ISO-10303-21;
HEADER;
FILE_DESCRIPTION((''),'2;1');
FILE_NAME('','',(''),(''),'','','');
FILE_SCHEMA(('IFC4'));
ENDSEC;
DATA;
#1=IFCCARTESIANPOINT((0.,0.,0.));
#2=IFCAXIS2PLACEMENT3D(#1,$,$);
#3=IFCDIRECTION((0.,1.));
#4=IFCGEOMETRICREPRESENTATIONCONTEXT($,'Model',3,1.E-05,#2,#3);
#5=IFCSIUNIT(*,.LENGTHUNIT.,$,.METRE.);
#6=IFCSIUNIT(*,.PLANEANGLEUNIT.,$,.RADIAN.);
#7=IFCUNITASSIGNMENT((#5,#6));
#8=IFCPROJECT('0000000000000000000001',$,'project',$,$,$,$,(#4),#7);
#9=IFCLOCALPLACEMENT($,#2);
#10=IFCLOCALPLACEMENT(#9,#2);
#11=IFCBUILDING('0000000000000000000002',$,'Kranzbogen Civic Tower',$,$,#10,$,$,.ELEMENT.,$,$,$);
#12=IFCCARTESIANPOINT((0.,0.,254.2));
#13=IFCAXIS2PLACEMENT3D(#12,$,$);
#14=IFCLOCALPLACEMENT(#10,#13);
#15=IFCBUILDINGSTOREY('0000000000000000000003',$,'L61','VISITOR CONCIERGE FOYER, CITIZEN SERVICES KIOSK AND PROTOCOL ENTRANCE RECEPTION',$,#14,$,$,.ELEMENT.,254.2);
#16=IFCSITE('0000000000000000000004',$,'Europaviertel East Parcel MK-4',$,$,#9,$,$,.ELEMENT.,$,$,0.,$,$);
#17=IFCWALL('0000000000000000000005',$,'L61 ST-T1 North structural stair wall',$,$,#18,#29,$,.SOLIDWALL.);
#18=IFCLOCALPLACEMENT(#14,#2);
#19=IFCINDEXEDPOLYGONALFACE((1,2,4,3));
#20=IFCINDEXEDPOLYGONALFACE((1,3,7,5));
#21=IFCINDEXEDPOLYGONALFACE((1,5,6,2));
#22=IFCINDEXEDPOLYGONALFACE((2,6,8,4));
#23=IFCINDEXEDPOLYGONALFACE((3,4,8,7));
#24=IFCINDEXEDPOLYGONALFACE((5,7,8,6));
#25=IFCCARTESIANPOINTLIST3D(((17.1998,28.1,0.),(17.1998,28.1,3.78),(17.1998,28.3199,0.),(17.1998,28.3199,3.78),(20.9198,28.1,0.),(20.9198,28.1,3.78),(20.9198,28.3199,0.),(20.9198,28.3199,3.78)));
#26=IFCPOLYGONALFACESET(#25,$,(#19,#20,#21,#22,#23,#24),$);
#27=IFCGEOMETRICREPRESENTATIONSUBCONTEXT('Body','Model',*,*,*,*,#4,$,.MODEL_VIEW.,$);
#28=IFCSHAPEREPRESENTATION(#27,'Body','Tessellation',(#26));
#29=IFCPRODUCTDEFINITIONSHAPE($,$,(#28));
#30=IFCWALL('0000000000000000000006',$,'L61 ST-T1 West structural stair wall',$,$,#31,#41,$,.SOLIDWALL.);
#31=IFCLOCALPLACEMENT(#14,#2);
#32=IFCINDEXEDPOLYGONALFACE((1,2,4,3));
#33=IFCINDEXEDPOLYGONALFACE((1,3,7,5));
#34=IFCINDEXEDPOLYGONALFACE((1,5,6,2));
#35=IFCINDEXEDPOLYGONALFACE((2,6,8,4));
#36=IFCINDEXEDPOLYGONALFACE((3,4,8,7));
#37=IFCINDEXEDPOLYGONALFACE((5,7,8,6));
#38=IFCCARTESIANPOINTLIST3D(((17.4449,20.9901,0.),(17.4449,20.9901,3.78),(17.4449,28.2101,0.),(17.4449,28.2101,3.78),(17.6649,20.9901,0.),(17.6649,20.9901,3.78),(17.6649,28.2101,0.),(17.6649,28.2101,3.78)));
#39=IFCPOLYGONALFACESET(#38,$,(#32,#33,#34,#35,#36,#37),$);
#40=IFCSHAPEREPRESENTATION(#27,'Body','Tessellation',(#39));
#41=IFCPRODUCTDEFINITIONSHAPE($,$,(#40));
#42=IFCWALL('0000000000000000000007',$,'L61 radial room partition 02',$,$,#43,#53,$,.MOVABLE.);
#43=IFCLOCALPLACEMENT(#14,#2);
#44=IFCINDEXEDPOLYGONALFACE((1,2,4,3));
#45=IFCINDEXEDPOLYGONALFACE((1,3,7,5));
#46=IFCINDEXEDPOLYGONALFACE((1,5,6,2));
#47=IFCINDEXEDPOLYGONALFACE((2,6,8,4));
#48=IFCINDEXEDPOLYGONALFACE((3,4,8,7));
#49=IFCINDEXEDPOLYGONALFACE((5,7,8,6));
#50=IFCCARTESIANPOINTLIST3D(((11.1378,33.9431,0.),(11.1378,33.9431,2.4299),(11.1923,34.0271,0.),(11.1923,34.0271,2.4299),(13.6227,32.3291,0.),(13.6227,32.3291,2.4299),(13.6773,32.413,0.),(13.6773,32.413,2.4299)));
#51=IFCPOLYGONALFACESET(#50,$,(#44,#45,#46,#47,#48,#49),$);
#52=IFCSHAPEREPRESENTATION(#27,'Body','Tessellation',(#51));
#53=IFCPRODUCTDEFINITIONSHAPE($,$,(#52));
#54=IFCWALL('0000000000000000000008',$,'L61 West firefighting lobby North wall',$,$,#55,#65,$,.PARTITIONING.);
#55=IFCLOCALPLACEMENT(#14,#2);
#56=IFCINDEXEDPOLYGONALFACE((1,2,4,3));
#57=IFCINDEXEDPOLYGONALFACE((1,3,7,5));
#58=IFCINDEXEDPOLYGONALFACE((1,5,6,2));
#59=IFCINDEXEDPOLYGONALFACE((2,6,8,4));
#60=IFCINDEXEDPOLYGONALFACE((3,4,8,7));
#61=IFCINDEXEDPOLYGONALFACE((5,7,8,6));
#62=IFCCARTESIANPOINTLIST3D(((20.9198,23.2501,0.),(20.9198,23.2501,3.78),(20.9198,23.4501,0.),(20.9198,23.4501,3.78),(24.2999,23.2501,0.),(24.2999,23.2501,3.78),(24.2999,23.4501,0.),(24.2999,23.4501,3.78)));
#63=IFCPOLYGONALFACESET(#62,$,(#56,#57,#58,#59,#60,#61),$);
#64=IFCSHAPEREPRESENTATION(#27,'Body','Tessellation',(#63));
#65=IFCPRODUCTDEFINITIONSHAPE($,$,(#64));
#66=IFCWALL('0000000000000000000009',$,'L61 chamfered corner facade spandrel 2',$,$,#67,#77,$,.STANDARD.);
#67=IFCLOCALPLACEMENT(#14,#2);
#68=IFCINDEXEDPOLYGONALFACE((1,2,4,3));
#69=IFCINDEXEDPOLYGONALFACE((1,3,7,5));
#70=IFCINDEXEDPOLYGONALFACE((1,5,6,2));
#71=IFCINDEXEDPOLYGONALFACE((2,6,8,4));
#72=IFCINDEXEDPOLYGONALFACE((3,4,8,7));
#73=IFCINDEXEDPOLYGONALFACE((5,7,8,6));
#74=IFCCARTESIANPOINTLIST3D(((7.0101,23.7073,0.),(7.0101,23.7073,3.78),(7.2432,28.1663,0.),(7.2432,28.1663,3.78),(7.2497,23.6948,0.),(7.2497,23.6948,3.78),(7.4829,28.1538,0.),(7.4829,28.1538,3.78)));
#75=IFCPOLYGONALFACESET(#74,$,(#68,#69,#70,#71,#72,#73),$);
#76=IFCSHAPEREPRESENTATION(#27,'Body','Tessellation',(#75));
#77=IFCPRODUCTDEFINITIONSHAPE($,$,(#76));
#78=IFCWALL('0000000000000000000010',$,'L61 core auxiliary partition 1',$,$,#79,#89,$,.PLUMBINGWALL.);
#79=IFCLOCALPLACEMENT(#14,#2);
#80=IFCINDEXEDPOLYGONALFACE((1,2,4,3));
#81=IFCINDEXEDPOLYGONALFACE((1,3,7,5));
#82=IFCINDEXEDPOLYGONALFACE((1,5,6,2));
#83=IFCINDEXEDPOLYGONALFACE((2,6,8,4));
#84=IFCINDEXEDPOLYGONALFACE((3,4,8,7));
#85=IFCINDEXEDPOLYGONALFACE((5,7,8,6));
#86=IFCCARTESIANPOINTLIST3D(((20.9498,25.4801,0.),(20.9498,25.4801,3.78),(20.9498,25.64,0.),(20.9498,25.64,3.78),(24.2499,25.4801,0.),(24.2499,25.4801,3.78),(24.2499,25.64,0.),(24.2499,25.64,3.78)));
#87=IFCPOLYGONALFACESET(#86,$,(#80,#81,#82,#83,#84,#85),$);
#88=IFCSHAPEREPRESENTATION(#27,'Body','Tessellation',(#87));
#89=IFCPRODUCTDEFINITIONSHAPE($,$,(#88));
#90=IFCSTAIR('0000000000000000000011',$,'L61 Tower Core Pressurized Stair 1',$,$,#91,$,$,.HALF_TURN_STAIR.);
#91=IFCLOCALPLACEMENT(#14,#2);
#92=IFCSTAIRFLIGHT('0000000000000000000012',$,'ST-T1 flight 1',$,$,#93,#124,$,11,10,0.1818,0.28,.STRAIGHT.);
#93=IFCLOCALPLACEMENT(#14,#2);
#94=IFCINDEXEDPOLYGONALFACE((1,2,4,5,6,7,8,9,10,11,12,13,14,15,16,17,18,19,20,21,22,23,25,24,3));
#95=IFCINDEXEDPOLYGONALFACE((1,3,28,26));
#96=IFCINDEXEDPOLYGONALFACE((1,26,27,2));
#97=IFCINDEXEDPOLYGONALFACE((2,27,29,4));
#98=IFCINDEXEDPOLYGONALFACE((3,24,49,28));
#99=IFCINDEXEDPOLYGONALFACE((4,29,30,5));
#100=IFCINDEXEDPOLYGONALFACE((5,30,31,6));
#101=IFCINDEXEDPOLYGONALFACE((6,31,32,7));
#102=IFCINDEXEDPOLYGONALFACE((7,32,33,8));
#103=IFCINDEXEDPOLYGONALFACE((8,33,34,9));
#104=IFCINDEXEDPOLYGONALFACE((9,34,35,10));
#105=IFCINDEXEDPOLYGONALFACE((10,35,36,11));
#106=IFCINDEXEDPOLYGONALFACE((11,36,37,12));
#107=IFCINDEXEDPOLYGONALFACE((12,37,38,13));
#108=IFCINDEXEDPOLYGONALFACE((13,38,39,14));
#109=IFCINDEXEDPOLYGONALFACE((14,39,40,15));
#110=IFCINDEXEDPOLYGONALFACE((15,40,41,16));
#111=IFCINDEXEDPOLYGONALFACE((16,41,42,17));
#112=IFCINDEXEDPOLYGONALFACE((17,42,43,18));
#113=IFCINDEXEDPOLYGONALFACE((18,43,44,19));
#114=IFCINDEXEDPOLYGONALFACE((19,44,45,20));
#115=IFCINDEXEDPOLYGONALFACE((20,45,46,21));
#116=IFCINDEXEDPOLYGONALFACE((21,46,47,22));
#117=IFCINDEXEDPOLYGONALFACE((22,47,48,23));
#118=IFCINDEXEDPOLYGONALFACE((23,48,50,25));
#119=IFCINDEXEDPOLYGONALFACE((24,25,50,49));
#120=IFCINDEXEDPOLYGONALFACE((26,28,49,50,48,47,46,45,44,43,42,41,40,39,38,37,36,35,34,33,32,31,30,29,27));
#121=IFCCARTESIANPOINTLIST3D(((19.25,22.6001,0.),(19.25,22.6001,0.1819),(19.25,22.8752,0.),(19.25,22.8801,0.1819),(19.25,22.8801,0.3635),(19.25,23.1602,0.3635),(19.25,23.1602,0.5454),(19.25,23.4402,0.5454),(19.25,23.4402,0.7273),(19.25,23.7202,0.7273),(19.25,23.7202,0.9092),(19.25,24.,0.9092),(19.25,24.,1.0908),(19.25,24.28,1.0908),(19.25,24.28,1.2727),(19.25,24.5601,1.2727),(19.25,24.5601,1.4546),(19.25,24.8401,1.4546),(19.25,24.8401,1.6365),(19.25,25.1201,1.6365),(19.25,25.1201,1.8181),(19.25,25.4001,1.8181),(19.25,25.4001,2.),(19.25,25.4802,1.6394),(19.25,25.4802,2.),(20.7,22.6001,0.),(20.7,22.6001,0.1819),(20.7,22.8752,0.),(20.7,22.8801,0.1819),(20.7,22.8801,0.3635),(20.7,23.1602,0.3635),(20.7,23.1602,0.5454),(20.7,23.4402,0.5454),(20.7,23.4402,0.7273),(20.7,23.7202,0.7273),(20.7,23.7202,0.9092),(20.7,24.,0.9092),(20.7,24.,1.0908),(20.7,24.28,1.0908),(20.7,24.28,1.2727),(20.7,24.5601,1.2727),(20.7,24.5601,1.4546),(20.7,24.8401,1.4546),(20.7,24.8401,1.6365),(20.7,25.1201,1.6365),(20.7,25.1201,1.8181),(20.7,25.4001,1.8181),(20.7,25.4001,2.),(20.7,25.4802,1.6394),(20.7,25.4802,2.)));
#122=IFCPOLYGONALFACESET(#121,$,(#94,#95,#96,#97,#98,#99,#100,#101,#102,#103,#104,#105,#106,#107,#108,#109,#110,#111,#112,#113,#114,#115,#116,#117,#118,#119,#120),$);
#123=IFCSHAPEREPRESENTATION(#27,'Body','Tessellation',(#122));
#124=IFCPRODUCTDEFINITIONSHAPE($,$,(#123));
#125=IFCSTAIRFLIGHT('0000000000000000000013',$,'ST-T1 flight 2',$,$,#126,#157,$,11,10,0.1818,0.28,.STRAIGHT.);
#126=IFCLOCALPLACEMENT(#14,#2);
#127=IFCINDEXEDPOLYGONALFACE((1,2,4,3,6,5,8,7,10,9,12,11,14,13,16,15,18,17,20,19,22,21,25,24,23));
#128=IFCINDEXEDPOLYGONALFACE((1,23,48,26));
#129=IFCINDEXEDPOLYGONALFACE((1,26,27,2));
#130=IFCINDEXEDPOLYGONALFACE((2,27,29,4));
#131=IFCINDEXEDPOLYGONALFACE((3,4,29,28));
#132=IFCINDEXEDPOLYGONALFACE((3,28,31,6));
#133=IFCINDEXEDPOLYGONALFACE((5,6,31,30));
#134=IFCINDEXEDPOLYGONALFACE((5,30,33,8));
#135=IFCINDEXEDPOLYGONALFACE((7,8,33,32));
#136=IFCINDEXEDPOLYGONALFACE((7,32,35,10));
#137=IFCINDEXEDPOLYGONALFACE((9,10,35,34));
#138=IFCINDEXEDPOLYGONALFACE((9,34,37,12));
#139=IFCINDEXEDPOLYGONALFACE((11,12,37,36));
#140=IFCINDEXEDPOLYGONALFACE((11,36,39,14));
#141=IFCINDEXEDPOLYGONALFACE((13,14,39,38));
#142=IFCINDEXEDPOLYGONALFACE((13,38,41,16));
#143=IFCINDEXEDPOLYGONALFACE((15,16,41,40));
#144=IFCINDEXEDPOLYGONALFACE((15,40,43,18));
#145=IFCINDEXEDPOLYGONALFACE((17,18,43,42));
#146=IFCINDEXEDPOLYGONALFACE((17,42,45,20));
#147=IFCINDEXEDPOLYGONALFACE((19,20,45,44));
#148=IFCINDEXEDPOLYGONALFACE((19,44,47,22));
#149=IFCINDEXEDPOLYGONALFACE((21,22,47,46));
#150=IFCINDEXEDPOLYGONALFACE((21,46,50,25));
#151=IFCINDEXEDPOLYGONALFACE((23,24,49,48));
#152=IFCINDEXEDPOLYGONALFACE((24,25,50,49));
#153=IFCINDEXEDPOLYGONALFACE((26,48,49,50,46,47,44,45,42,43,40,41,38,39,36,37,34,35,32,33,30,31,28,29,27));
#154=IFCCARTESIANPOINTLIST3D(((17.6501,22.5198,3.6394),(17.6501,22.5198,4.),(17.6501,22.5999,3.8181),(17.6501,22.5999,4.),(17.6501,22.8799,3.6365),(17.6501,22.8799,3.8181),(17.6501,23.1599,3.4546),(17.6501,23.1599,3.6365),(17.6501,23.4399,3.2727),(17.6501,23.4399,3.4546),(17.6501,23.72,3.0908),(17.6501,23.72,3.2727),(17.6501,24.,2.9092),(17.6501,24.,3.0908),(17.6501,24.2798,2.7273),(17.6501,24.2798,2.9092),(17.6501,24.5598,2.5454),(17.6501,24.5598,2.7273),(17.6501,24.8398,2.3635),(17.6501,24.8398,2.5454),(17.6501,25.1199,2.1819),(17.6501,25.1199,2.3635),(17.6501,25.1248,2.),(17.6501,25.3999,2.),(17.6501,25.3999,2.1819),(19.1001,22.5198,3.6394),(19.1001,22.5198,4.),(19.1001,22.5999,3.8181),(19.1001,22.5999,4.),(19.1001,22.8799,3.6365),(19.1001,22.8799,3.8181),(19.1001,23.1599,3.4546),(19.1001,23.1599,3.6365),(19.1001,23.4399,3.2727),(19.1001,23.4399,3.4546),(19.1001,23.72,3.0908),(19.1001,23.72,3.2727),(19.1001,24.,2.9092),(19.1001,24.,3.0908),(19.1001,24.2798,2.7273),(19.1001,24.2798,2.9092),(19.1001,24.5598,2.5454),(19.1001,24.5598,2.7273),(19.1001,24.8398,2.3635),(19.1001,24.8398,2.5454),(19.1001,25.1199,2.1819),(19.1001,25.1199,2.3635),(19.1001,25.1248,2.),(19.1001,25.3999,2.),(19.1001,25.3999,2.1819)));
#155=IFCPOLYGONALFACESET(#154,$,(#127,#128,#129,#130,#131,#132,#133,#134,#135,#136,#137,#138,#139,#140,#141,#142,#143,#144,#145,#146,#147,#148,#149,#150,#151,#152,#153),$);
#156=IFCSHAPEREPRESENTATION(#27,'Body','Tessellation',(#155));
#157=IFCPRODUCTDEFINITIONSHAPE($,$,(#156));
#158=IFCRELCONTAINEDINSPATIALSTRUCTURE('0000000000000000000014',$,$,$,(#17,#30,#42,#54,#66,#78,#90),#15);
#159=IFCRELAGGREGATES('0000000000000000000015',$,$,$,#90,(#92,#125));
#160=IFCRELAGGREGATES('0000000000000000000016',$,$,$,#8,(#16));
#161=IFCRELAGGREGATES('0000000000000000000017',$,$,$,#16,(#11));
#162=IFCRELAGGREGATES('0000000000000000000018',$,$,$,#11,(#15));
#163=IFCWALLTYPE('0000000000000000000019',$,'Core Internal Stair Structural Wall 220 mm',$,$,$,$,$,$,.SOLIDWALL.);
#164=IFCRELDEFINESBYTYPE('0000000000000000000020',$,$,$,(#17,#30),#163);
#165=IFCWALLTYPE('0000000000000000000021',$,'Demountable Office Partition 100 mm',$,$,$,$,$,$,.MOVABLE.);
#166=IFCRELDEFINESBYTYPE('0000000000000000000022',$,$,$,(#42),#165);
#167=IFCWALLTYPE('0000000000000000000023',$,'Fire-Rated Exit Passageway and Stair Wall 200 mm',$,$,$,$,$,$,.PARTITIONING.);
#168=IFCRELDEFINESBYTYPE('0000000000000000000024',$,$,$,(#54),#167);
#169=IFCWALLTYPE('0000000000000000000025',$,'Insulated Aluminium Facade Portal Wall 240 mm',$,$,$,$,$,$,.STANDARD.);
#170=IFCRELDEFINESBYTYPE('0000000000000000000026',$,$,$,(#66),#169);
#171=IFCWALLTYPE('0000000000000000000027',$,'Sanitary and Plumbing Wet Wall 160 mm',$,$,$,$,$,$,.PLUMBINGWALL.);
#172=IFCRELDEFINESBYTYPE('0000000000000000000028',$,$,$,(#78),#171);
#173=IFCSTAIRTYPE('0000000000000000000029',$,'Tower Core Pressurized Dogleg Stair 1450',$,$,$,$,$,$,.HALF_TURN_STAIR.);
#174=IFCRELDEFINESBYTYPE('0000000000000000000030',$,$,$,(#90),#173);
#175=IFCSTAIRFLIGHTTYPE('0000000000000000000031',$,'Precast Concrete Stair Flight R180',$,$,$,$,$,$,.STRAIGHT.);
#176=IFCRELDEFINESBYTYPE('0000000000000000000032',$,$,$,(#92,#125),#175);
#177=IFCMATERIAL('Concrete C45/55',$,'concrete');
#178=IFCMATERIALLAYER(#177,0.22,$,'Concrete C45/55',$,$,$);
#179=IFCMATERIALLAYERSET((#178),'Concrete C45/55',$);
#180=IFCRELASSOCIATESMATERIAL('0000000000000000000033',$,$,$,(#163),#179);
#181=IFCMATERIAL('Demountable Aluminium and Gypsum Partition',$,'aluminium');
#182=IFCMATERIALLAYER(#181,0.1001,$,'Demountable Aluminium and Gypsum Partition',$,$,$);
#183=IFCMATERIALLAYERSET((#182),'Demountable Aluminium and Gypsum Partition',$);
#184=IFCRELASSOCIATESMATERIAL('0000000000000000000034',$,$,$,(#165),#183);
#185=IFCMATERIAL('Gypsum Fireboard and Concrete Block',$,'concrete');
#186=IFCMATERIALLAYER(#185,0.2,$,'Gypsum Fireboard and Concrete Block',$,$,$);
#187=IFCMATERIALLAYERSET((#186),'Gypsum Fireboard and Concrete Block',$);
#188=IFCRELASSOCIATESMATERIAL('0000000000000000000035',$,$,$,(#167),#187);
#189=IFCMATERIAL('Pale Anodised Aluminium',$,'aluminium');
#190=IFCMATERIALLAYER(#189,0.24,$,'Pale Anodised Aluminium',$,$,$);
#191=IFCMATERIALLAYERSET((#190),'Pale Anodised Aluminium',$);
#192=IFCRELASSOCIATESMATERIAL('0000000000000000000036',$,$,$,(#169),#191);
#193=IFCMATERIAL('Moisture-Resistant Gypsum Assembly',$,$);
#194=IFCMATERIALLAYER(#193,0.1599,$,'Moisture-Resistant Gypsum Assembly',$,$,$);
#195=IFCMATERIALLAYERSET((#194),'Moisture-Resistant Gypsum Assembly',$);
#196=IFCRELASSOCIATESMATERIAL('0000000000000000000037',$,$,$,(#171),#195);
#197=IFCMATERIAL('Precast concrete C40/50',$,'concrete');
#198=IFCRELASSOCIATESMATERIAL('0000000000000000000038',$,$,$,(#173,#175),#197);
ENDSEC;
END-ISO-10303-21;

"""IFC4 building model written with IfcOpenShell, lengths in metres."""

from ifc_helpers import new_model, si_unit, direction, frame, frame_2d, origin, place, context, subcontext, project, spatial, polyline, rectangle, outline, extrude, material, layer, layer_set, type_object, element, aggregate, save


model = new_model("IFC4")

# Units and contexts
model_context = context("Model", 3, precision=1e-05, world=origin(), true_north=direction((0.0, 1.0)))
body_context = subcontext(model_context, "Body", "Model", "MODEL_VIEW")
ifc_project = project(units=[si_unit("LENGTHUNIT", "METRE"), si_unit("PLANEANGLEUNIT", "RADIAN")], contexts=[model_context])

# Site, building, storey
site_placement = place(None, origin())
site = spatial("IfcSite", under=ifc_project, at=site_placement, Name="Europaviertel East Parcel MK-4", CompositionType="ELEMENT", RefElevation=0.0)
building_placement = place(site_placement, origin())
building = spatial("IfcBuilding", under=site, at=building_placement, Name="Kranzbogen Civic Tower", CompositionType="ELEMENT")
storey_placement = place(building_placement, frame((0.0, 0.0, 254.2)))
storey = spatial("IfcBuildingStorey", under=building, at=storey_placement, Name="L61", Description="VISITOR CONCIERGE FOYER, CITIZEN SERVICES KIOSK AND PROTOCOL ENTRANCE RECEPTION", CompositionType="ELEMENT", Elevation=254.2)

# Shared definitions
ifc_material_1 = material(Name="Pale Anodised Aluminium", Category="aluminium")

# Shared definitions
ifc_material_2 = material(Name="Concrete C45/55", Category="concrete")

# Walls
ifc_layer_1 = layer(ifc_material_2, 0.22, Name="Concrete C45/55")
ifc_layer_set_1 = layer_set([ifc_layer_1], Name="Concrete C45/55")
wall_type_1 = type_object("IfcWallType", Name="Core Internal Stair Structural Wall 220 mm", PredefinedType="SOLIDWALL", material=ifc_layer_set_1)
wall_1_placement = place(storey_placement, frame((17.2, 28.21, 0.0), z_axis=(0.0, 0.0, 1.0), x_axis=(1.0, 0.0, 0.0)))
element("IfcWall", 1, at=wall_1_placement, inside=storey, type_object=wall_type_1, Name="L61 ST-T1 North structural stair wall", PredefinedType="SOLIDWALL", context=body_context, shape_type="SweptSolid", body=[
    extrude(rectangle(XDim=3.72, YDim=0.22, at=frame_2d((1.8599, 0.0))), origin(), (0.0, 0.0, 1.0), 3.78),
])
wall_2_placement = place(storey_placement, frame((17.5549, 28.21, 0.0), z_axis=(0.0, 0.0, 1.0), x_axis=(0.0, -1.0, 0.0)))
element("IfcWall", 2, at=wall_2_placement, inside=storey, type_object=wall_type_1, Name="L61 ST-T1 West structural stair wall", PredefinedType="SOLIDWALL", context=body_context, shape_type="SweptSolid", body=[
    extrude(rectangle(XDim=7.22, YDim=0.22, at=frame_2d((3.6099, 0.0))), origin(), (0.0, 0.0, 1.0), 3.78),
])
ifc_material_3 = material(Name="Demountable Aluminium and Gypsum Partition", Category="aluminium")
ifc_layer_2 = layer(ifc_material_3, 0.1001, Name="Demountable Aluminium and Gypsum Partition")
ifc_layer_set_2 = layer_set([ifc_layer_2], Name="Demountable Aluminium and Gypsum Partition")
wall_type_2 = type_object("IfcWallType", Name="Demountable Office Partition 100 mm", PredefinedType="MOVABLE", material=ifc_layer_set_2)
wall_3_placement = place(storey_placement, frame((13.6499, 32.3711, 0.0), z_axis=(0.0, 0.0, 1.0), x_axis=(-0.838621, 0.544716, 0.0)))
element("IfcWall", 3, at=wall_3_placement, inside=storey, type_object=wall_type_2, Name="L61 radial room partition 02", PredefinedType="MOVABLE", context=body_context, shape_type="SweptSolid", body=[
    extrude(rectangle(XDim=2.9631, YDim=0.1001, at=frame_2d((1.4814, 0.0))), origin(), (0.0, 0.0, 1.0), 2.4299),
])
ifc_material_4 = material(Name="Gypsum Fireboard and Concrete Block", Category="concrete")
ifc_layer_3 = layer(ifc_material_4, 0.2, Name="Gypsum Fireboard and Concrete Block")
ifc_layer_set_3 = layer_set([ifc_layer_3], Name="Gypsum Fireboard and Concrete Block")
wall_type_3 = type_object("IfcWallType", Name="Fire-Rated Exit Passageway and Stair Wall 200 mm", PredefinedType="PARTITIONING", material=ifc_layer_set_3)
wall_4_placement = place(storey_placement, frame((20.9199, 23.3501, 0.0), z_axis=(0.0, 0.0, 1.0), x_axis=(1.0, 0.0, 0.0)))
element("IfcWall", 4, at=wall_4_placement, inside=storey, type_object=wall_type_3, Name="L61 West firefighting lobby North wall", PredefinedType="PARTITIONING", context=body_context, shape_type="SweptSolid", body=[
    extrude(rectangle(XDim=3.3801, YDim=0.2, at=frame_2d((1.6899, 0.0))), origin(), (0.0, 0.0, 1.0), 3.78),
])
ifc_layer_4 = layer(ifc_material_1, 0.24, Name="Pale Anodised Aluminium")
ifc_layer_set_4 = layer_set([ifc_layer_4], Name="Pale Anodised Aluminium")
wall_type_4 = type_object("IfcWallType", Name="Insulated Aluminium Facade Portal Wall 240 mm", PredefinedType="STANDARD", material=ifc_layer_set_4)
wall_5_placement = place(storey_placement, frame((7.363, 28.1599, 0.0), z_axis=(0.0, 0.0, 1.0), x_axis=(-0.052217, -0.998636, 0.0)))
element("IfcWall", 5, at=wall_5_placement, inside=storey, type_object=wall_type_4, Name="L61 chamfered corner facade spandrel 2", PredefinedType="STANDARD", context=body_context, shape_type="SweptSolid", body=[
    extrude(rectangle(XDim=4.4651, YDim=0.24, at=frame_2d((2.2324, 0.0))), origin(), (0.0, 0.0, 1.0), 3.78),
])
ifc_material_5 = material(Name="Moisture-Resistant Gypsum Assembly")
ifc_layer_5 = layer(ifc_material_5, 0.1599, Name="Moisture-Resistant Gypsum Assembly")
ifc_layer_set_5 = layer_set([ifc_layer_5], Name="Moisture-Resistant Gypsum Assembly")
wall_type_5 = type_object("IfcWallType", Name="Sanitary and Plumbing Wet Wall 160 mm", PredefinedType="PLUMBINGWALL", material=ifc_layer_set_5)
wall_6_placement = place(storey_placement, frame((20.95, 25.5601, 0.0), z_axis=(0.0, 0.0, 1.0), x_axis=(1.0, 0.0, 0.0)))
element("IfcWall", 6, at=wall_6_placement, inside=storey, type_object=wall_type_5, Name="L61 core auxiliary partition 1", PredefinedType="PLUMBINGWALL", context=body_context, shape_type="SweptSolid", body=[
    extrude(rectangle(XDim=3.3, YDim=0.1599, at=frame_2d((1.6499, 0.0))), origin(), (0.0, 0.0, 1.0), 3.78),
])

# Stair, stair flights
ifc_material_6 = material(Name="Precast concrete C40/50", Category="concrete")
stair_type = type_object("IfcStairType", Name="Tower Core Pressurized Dogleg Stair 1450", PredefinedType="HALF_TURN_STAIR", material=ifc_material_6)
stair_placement = place(storey_placement, origin())
stair = element("IfcStair", 7, at=stair_placement, inside=storey, type_object=stair_type, Name="L61 Tower Core Pressurized Stair 1", PredefinedType="HALF_TURN_STAIR")
stair_flight_type = type_object("IfcStairFlightType", Name="Precast Concrete Stair Flight R180", PredefinedType="STRAIGHT", material=ifc_material_6)
stair_flight_1_placement = place(storey_placement, frame((19.9751, 22.6001, 0.0), z_axis=(0.0, 0.0, 1.0), x_axis=(0.0, 1.0, 0.0)))
stair_flight_1 = element("IfcStairFlight", 8, at=stair_flight_1_placement, type_object=stair_flight_type, Name="ST-T1 flight 1", NumberOfRisers=11, NumberOfTreads=10, PredefinedType="STRAIGHT", RiserHeight=0.1818, TreadLength=0.28, context=body_context, shape_type="SweptSolid", body=[
    extrude(outline(polyline([(0.0, 0.0), (0.0, 0.1819), (0.28, 0.1819), (0.28, 0.3635), (0.5601, 0.3635), (0.5601, 0.5454), (0.8401, 0.5454), (0.8401, 0.7273), (1.1201, 0.7273), (1.1201, 0.9092), (1.3999, 0.9092), (1.3999, 1.0908), (1.6799, 1.0908), (1.6799, 1.2727), (1.96, 1.2727), (1.96, 1.4546), (2.24, 1.4546), (2.24, 1.6365), (2.52, 1.6365), (2.52, 1.8181), (2.8, 1.8181), (2.8, 2.0), (2.8801, 2.0), (2.8801, 1.6394), (0.2751, 0.0), (0.0, 0.0)])), frame((0.0, 0.7251, 0.0), z_axis=(0.0, -1.0, 0.0), x_axis=(1.0, 0.0, 0.0)), (0.0, 0.0, 1.0), 1.45),
])
stair_flight_2_placement = place(storey_placement, frame((18.375, 25.3999, 2.0), z_axis=(0.0, 0.0, 1.0), x_axis=(0.0, -1.0, 0.0)))
stair_flight_2 = element("IfcStairFlight", 9, at=stair_flight_2_placement, type_object=stair_flight_type, Name="ST-T1 flight 2", NumberOfRisers=11, NumberOfTreads=10, PredefinedType="STRAIGHT", RiserHeight=0.1818, TreadLength=0.28, context=body_context, shape_type="SweptSolid", body=[
    extrude(outline(polyline([(0.0, 0.0), (0.0, 0.1819), (0.28, 0.1819), (0.28, 0.3635), (0.5601, 0.3635), (0.5601, 0.5454), (0.8401, 0.5454), (0.8401, 0.7273), (1.1201, 0.7273), (1.1201, 0.9092), (1.3999, 0.9092), (1.3999, 1.0908), (1.6799, 1.0908), (1.6799, 1.2727), (1.96, 1.2727), (1.96, 1.4546), (2.24, 1.4546), (2.24, 1.6365), (2.52, 1.6365), (2.52, 1.8181), (2.8, 1.8181), (2.8, 2.0), (2.8801, 2.0), (2.8801, 1.6394), (0.2751, 0.0), (0.0, 0.0)])), frame((0.0, 0.7251, 0.0), z_axis=(0.0, -1.0, 0.0), x_axis=(1.0, 0.0, 0.0)), (0.0, 0.0, 1.0), 1.45),
])
aggregate(stair, [stair_flight_1, stair_flight_2])

save(model, "model.ifc")
